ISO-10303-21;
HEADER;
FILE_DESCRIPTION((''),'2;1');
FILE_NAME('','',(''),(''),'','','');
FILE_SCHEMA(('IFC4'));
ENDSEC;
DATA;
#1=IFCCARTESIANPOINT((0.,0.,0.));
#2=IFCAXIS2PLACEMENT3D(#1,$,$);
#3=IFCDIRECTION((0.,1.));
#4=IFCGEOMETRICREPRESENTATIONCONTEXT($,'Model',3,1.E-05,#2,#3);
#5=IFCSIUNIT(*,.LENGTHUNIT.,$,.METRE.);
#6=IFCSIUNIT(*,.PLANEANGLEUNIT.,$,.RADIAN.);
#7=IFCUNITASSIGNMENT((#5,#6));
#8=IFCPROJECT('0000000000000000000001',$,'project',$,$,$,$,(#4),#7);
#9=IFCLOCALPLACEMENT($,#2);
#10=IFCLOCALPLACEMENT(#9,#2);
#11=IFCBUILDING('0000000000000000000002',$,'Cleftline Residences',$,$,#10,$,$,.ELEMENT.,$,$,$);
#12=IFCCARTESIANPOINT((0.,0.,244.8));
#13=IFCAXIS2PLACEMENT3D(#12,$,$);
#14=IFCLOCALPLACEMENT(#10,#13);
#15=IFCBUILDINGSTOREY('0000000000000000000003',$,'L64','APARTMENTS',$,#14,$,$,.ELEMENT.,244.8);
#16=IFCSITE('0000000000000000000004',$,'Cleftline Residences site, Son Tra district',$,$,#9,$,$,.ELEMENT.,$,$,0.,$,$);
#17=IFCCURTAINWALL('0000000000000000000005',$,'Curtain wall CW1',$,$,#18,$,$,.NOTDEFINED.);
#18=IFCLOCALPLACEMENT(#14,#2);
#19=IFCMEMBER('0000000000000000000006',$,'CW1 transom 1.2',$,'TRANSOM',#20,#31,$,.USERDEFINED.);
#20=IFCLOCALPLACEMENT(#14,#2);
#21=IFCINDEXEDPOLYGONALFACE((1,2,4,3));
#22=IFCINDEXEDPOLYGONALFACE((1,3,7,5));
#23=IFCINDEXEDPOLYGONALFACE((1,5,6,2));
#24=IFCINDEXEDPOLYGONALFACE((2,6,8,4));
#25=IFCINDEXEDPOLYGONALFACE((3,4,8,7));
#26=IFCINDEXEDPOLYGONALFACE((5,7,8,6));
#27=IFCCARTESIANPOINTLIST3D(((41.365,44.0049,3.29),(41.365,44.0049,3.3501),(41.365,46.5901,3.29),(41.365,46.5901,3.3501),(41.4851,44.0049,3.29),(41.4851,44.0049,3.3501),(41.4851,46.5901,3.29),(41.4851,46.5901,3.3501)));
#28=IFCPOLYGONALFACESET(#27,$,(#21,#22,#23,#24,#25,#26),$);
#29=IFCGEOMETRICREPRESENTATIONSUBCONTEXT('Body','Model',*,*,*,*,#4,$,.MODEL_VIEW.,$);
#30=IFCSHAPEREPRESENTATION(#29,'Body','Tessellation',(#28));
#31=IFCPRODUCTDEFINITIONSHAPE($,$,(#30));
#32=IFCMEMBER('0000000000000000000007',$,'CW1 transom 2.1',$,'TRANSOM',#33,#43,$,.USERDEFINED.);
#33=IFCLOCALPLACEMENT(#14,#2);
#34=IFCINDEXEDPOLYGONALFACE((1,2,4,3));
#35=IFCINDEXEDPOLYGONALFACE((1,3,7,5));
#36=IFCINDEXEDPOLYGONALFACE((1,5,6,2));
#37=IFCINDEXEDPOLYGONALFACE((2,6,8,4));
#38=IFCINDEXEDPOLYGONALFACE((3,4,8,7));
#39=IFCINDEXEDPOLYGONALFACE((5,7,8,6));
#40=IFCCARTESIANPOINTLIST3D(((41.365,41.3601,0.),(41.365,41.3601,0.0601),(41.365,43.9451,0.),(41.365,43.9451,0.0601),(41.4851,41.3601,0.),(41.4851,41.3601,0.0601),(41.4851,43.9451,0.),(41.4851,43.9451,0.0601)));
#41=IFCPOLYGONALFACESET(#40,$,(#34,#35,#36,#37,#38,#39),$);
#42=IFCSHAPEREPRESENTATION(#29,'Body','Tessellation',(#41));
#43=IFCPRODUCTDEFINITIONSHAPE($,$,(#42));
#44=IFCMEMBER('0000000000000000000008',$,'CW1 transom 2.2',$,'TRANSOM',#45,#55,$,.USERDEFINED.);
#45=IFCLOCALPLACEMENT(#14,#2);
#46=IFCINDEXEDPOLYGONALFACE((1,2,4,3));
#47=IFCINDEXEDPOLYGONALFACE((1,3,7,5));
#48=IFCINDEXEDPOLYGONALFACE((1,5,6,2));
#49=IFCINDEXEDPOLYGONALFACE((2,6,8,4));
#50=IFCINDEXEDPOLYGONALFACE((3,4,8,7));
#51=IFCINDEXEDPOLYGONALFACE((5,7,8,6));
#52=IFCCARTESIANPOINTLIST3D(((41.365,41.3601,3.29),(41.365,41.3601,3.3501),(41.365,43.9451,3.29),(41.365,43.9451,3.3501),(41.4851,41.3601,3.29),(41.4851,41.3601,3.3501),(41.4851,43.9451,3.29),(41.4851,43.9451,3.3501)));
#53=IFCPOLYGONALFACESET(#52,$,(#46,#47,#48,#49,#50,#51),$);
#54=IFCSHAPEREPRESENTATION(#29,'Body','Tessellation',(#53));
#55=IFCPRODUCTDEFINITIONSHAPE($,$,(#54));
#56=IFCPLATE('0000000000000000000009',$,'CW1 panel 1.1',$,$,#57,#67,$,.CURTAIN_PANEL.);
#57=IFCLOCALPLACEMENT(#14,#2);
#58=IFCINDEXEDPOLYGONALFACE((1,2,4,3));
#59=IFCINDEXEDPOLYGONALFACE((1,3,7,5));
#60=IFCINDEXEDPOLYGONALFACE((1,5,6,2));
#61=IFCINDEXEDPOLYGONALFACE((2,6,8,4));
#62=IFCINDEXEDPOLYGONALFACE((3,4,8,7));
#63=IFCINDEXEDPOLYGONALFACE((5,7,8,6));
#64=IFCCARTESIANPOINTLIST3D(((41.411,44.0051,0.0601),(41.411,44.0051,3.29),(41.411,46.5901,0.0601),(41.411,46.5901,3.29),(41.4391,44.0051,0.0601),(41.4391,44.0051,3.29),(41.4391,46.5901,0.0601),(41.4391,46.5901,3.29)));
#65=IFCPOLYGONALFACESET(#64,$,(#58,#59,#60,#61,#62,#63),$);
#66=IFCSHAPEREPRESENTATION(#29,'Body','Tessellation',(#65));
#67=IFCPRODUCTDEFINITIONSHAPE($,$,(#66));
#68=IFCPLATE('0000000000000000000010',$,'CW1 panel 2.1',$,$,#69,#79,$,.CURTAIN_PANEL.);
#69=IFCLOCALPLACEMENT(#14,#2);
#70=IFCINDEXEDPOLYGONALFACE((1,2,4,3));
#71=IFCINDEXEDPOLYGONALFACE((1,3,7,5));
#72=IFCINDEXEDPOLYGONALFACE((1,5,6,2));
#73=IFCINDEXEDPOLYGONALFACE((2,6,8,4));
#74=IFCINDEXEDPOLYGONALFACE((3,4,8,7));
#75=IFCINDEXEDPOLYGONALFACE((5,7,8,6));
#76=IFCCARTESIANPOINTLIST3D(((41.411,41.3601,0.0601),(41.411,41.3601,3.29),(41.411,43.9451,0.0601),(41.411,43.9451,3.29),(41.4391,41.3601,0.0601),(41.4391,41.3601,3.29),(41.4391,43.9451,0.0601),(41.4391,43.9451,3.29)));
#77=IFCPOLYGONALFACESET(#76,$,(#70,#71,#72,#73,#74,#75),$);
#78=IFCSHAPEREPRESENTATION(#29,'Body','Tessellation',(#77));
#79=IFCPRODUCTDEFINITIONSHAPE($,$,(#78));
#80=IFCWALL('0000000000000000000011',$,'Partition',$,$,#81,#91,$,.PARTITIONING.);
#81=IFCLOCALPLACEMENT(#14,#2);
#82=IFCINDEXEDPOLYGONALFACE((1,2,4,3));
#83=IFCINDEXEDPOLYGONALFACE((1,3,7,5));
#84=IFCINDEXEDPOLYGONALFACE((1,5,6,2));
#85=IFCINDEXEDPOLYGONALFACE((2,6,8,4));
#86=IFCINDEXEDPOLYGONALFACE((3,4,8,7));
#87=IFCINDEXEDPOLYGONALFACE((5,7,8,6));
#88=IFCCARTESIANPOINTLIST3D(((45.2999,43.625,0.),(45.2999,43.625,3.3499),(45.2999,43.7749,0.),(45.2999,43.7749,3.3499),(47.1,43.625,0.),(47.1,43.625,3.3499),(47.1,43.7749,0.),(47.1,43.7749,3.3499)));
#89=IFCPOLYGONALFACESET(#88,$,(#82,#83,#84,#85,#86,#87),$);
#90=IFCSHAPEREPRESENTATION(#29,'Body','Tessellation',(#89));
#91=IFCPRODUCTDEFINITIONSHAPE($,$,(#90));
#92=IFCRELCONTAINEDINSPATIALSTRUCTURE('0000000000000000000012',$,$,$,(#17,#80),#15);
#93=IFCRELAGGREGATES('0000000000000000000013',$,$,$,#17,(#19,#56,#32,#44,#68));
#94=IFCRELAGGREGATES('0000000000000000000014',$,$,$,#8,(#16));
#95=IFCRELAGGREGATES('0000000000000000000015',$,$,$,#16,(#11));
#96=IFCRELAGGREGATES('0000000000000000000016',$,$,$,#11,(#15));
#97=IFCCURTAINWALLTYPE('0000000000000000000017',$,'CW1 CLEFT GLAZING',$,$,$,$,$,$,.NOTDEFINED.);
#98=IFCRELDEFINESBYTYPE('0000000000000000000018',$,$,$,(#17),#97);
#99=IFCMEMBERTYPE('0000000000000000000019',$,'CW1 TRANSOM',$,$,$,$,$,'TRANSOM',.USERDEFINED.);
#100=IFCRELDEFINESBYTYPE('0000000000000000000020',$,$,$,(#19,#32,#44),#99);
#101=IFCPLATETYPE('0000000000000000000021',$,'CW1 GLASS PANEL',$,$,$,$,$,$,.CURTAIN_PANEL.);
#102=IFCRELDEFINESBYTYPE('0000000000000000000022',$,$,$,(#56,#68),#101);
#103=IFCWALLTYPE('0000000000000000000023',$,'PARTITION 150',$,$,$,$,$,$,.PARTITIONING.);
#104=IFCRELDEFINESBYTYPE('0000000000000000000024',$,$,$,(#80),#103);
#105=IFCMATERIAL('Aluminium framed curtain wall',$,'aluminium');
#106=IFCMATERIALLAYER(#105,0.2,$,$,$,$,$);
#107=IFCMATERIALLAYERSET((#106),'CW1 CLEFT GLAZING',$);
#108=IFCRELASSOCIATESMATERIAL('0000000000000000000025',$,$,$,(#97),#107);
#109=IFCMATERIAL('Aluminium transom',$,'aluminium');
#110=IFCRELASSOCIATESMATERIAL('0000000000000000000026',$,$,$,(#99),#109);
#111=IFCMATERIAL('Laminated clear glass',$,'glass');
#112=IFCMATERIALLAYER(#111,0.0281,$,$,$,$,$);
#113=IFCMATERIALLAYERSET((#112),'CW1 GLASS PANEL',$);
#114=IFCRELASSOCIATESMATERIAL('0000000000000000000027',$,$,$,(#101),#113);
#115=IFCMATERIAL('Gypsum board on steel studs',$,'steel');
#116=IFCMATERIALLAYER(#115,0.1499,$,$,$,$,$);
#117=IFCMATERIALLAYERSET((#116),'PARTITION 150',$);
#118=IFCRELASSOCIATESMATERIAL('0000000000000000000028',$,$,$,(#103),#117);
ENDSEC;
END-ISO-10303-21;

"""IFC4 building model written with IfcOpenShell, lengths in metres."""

from ifc_helpers import new_model, si_unit, direction, frame, frame_2d, origin, origin_2d, place, context, subcontext, project, spatial, rectangle, extrude, material, layer, layer_set, material_profile, profile_set, type_object, element, aggregate, save


model = new_model("IFC4")

# Units and contexts
model_context = context("Model", 3, precision=1e-05, world=origin(), true_north=direction((0.0, 1.0)))
body_context = subcontext(model_context, "Body", "Model", "MODEL_VIEW")
ifc_project = project(units=[si_unit("LENGTHUNIT", "METRE"), si_unit("PLANEANGLEUNIT", "RADIAN")], contexts=[model_context])

# Site, building, storey
site_placement = place(None, origin())
site = spatial("IfcSite", under=ifc_project, at=site_placement, Name="Cleftline Residences site, Son Tra district", CompositionType="ELEMENT", RefElevation=0.0)
building_placement = place(site_placement, origin())
building = spatial("IfcBuilding", under=site, at=building_placement, Name="Cleftline Residences", CompositionType="ELEMENT")
storey_placement = place(building_placement, frame((0.0, 0.0, 244.8)))
storey = spatial("IfcBuildingStorey", under=building, at=storey_placement, Name="L64", Description="APARTMENTS", CompositionType="ELEMENT", Elevation=244.8)

# Curtain wall, members, plates
ifc_material_1 = material(Name="Aluminium framed curtain wall", Category="aluminium")
ifc_layer_1 = layer(ifc_material_1, 0.2)
ifc_layer_set_1 = layer_set([ifc_layer_1], Name="CW1 CLEFT GLAZING")
curtain_wall_type = type_object("IfcCurtainWallType", Name="CW1 CLEFT GLAZING", PredefinedType="NOTDEFINED", material=ifc_layer_set_1)
curtain_wall_placement = place(storey_placement, origin())
curtain_wall = element("IfcCurtainWall", 1, at=curtain_wall_placement, inside=storey, type_object=curtain_wall_type, Name="Curtain wall CW1", PredefinedType="NOTDEFINED")
ifc_material_2 = material(Name="Aluminium transom", Category="aluminium")
ifc_material_profile_1 = material_profile(ifc_material_2, rectangle(XDim=0.1201, YDim=0.0601, at=origin_2d()))
ifc_profile_set_1 = profile_set([ifc_material_profile_1], Name="Aluminium transom")
member_type_1 = type_object("IfcMemberType", Name="CW1 TRANSOM", ElementType="TRANSOM", PredefinedType="USERDEFINED", material=ifc_profile_set_1)
member_1_placement = place(storey_placement, frame((41.425, 46.5901, 3.3201), z_axis=(0.0, -1.0, 0.0), x_axis=(1.0, 0.0, 0.0)))
member_1 = element("IfcMember", 2, at=member_1_placement, type_object=member_type_1, Name="CW1 transom 1.2", ObjectType="TRANSOM", PredefinedType="USERDEFINED", context=body_context, shape_type="SweptSolid", body=[
    extrude(rectangle(XDim=0.1201, YDim=0.0601, at=origin_2d()), origin(), (0.0, 0.0, 1.0), 2.5852),
])
member_2_placement = place(storey_placement, frame((41.425, 43.9451, 0.03), z_axis=(0.0, -1.0, 0.0), x_axis=(1.0, 0.0, 0.0)))
member_2 = element("IfcMember", 3, at=member_2_placement, type_object=member_type_1, Name="CW1 transom 2.1", ObjectType="TRANSOM", PredefinedType="USERDEFINED", context=body_context, shape_type="SweptSolid", body=[
    extrude(rectangle(XDim=0.1201, YDim=0.0601, at=origin_2d()), origin(), (0.0, 0.0, 1.0), 2.585),
])
member_3_placement = place(storey_placement, frame((41.425, 43.9451, 3.3201), z_axis=(0.0, -1.0, 0.0), x_axis=(1.0, 0.0, 0.0)))
member_3 = element("IfcMember", 4, at=member_3_placement, type_object=member_type_1, Name="CW1 transom 2.2", ObjectType="TRANSOM", PredefinedType="USERDEFINED", context=body_context, shape_type="SweptSolid", body=[
    extrude(rectangle(XDim=0.1201, YDim=0.0601, at=origin_2d()), origin(), (0.0, 0.0, 1.0), 2.585),
])
ifc_material_3 = material(Name="Laminated clear glass", Category="glass")
ifc_layer_2 = layer(ifc_material_3, 0.0281)
ifc_layer_set_2 = layer_set([ifc_layer_2], Name="CW1 GLASS PANEL")
plate_type = type_object("IfcPlateType", Name="CW1 GLASS PANEL", PredefinedType="CURTAIN_PANEL", material=ifc_layer_set_2)
plate_1_placement = place(storey_placement, frame((41.425, 45.2976, 0.0601), z_axis=(0.0, 0.0, 1.0), x_axis=(0.0, -1.0, 0.0)))
plate_1 = element("IfcPlate", 5, at=plate_1_placement, type_object=plate_type, Name="CW1 panel 1.1", PredefinedType="CURTAIN_PANEL", context=body_context, shape_type="SweptSolid", body=[
    extrude(rectangle(XDim=2.585, YDim=0.0281, at=origin_2d()), origin(), (0.0, 0.0, 1.0), 3.23),
])
plate_2_placement = place(storey_placement, frame((41.425, 42.6526, 0.0601), z_axis=(0.0, 0.0, 1.0), x_axis=(0.0, -1.0, 0.0)))
plate_2 = element("IfcPlate", 6, at=plate_2_placement, type_object=plate_type, Name="CW1 panel 2.1", PredefinedType="CURTAIN_PANEL", context=body_context, shape_type="SweptSolid", body=[
    extrude(rectangle(XDim=2.585, YDim=0.0281, at=origin_2d()), origin(), (0.0, 0.0, 1.0), 3.23),
])
aggregate(curtain_wall, [member_1, plate_1, member_2, member_3, plate_2])

# Wall
ifc_material_4 = material(Name="Gypsum board on steel studs", Category="steel")
ifc_layer_3 = layer(ifc_material_4, 0.1499)
ifc_layer_set_3 = layer_set([ifc_layer_3], Name="PARTITION 150")
wall_type = type_object("IfcWallType", Name="PARTITION 150", PredefinedType="PARTITIONING", material=ifc_layer_set_3)
wall_placement = place(storey_placement, frame((45.3, 43.7, 0.0), z_axis=(0.0, 0.0, 1.0), x_axis=(1.0, 0.0, 0.0)))
element("IfcWall", 7, at=wall_placement, inside=storey, type_object=wall_type, Name="Partition", PredefinedType="PARTITIONING", context=body_context, shape_type="SweptSolid", body=[
    extrude(rectangle(XDim=1.8, YDim=0.1499, at=frame_2d((0.8999, 0.0))), origin(), (0.0, 0.0, 1.0), 3.3499),
])

save(model, "model.ifc")
